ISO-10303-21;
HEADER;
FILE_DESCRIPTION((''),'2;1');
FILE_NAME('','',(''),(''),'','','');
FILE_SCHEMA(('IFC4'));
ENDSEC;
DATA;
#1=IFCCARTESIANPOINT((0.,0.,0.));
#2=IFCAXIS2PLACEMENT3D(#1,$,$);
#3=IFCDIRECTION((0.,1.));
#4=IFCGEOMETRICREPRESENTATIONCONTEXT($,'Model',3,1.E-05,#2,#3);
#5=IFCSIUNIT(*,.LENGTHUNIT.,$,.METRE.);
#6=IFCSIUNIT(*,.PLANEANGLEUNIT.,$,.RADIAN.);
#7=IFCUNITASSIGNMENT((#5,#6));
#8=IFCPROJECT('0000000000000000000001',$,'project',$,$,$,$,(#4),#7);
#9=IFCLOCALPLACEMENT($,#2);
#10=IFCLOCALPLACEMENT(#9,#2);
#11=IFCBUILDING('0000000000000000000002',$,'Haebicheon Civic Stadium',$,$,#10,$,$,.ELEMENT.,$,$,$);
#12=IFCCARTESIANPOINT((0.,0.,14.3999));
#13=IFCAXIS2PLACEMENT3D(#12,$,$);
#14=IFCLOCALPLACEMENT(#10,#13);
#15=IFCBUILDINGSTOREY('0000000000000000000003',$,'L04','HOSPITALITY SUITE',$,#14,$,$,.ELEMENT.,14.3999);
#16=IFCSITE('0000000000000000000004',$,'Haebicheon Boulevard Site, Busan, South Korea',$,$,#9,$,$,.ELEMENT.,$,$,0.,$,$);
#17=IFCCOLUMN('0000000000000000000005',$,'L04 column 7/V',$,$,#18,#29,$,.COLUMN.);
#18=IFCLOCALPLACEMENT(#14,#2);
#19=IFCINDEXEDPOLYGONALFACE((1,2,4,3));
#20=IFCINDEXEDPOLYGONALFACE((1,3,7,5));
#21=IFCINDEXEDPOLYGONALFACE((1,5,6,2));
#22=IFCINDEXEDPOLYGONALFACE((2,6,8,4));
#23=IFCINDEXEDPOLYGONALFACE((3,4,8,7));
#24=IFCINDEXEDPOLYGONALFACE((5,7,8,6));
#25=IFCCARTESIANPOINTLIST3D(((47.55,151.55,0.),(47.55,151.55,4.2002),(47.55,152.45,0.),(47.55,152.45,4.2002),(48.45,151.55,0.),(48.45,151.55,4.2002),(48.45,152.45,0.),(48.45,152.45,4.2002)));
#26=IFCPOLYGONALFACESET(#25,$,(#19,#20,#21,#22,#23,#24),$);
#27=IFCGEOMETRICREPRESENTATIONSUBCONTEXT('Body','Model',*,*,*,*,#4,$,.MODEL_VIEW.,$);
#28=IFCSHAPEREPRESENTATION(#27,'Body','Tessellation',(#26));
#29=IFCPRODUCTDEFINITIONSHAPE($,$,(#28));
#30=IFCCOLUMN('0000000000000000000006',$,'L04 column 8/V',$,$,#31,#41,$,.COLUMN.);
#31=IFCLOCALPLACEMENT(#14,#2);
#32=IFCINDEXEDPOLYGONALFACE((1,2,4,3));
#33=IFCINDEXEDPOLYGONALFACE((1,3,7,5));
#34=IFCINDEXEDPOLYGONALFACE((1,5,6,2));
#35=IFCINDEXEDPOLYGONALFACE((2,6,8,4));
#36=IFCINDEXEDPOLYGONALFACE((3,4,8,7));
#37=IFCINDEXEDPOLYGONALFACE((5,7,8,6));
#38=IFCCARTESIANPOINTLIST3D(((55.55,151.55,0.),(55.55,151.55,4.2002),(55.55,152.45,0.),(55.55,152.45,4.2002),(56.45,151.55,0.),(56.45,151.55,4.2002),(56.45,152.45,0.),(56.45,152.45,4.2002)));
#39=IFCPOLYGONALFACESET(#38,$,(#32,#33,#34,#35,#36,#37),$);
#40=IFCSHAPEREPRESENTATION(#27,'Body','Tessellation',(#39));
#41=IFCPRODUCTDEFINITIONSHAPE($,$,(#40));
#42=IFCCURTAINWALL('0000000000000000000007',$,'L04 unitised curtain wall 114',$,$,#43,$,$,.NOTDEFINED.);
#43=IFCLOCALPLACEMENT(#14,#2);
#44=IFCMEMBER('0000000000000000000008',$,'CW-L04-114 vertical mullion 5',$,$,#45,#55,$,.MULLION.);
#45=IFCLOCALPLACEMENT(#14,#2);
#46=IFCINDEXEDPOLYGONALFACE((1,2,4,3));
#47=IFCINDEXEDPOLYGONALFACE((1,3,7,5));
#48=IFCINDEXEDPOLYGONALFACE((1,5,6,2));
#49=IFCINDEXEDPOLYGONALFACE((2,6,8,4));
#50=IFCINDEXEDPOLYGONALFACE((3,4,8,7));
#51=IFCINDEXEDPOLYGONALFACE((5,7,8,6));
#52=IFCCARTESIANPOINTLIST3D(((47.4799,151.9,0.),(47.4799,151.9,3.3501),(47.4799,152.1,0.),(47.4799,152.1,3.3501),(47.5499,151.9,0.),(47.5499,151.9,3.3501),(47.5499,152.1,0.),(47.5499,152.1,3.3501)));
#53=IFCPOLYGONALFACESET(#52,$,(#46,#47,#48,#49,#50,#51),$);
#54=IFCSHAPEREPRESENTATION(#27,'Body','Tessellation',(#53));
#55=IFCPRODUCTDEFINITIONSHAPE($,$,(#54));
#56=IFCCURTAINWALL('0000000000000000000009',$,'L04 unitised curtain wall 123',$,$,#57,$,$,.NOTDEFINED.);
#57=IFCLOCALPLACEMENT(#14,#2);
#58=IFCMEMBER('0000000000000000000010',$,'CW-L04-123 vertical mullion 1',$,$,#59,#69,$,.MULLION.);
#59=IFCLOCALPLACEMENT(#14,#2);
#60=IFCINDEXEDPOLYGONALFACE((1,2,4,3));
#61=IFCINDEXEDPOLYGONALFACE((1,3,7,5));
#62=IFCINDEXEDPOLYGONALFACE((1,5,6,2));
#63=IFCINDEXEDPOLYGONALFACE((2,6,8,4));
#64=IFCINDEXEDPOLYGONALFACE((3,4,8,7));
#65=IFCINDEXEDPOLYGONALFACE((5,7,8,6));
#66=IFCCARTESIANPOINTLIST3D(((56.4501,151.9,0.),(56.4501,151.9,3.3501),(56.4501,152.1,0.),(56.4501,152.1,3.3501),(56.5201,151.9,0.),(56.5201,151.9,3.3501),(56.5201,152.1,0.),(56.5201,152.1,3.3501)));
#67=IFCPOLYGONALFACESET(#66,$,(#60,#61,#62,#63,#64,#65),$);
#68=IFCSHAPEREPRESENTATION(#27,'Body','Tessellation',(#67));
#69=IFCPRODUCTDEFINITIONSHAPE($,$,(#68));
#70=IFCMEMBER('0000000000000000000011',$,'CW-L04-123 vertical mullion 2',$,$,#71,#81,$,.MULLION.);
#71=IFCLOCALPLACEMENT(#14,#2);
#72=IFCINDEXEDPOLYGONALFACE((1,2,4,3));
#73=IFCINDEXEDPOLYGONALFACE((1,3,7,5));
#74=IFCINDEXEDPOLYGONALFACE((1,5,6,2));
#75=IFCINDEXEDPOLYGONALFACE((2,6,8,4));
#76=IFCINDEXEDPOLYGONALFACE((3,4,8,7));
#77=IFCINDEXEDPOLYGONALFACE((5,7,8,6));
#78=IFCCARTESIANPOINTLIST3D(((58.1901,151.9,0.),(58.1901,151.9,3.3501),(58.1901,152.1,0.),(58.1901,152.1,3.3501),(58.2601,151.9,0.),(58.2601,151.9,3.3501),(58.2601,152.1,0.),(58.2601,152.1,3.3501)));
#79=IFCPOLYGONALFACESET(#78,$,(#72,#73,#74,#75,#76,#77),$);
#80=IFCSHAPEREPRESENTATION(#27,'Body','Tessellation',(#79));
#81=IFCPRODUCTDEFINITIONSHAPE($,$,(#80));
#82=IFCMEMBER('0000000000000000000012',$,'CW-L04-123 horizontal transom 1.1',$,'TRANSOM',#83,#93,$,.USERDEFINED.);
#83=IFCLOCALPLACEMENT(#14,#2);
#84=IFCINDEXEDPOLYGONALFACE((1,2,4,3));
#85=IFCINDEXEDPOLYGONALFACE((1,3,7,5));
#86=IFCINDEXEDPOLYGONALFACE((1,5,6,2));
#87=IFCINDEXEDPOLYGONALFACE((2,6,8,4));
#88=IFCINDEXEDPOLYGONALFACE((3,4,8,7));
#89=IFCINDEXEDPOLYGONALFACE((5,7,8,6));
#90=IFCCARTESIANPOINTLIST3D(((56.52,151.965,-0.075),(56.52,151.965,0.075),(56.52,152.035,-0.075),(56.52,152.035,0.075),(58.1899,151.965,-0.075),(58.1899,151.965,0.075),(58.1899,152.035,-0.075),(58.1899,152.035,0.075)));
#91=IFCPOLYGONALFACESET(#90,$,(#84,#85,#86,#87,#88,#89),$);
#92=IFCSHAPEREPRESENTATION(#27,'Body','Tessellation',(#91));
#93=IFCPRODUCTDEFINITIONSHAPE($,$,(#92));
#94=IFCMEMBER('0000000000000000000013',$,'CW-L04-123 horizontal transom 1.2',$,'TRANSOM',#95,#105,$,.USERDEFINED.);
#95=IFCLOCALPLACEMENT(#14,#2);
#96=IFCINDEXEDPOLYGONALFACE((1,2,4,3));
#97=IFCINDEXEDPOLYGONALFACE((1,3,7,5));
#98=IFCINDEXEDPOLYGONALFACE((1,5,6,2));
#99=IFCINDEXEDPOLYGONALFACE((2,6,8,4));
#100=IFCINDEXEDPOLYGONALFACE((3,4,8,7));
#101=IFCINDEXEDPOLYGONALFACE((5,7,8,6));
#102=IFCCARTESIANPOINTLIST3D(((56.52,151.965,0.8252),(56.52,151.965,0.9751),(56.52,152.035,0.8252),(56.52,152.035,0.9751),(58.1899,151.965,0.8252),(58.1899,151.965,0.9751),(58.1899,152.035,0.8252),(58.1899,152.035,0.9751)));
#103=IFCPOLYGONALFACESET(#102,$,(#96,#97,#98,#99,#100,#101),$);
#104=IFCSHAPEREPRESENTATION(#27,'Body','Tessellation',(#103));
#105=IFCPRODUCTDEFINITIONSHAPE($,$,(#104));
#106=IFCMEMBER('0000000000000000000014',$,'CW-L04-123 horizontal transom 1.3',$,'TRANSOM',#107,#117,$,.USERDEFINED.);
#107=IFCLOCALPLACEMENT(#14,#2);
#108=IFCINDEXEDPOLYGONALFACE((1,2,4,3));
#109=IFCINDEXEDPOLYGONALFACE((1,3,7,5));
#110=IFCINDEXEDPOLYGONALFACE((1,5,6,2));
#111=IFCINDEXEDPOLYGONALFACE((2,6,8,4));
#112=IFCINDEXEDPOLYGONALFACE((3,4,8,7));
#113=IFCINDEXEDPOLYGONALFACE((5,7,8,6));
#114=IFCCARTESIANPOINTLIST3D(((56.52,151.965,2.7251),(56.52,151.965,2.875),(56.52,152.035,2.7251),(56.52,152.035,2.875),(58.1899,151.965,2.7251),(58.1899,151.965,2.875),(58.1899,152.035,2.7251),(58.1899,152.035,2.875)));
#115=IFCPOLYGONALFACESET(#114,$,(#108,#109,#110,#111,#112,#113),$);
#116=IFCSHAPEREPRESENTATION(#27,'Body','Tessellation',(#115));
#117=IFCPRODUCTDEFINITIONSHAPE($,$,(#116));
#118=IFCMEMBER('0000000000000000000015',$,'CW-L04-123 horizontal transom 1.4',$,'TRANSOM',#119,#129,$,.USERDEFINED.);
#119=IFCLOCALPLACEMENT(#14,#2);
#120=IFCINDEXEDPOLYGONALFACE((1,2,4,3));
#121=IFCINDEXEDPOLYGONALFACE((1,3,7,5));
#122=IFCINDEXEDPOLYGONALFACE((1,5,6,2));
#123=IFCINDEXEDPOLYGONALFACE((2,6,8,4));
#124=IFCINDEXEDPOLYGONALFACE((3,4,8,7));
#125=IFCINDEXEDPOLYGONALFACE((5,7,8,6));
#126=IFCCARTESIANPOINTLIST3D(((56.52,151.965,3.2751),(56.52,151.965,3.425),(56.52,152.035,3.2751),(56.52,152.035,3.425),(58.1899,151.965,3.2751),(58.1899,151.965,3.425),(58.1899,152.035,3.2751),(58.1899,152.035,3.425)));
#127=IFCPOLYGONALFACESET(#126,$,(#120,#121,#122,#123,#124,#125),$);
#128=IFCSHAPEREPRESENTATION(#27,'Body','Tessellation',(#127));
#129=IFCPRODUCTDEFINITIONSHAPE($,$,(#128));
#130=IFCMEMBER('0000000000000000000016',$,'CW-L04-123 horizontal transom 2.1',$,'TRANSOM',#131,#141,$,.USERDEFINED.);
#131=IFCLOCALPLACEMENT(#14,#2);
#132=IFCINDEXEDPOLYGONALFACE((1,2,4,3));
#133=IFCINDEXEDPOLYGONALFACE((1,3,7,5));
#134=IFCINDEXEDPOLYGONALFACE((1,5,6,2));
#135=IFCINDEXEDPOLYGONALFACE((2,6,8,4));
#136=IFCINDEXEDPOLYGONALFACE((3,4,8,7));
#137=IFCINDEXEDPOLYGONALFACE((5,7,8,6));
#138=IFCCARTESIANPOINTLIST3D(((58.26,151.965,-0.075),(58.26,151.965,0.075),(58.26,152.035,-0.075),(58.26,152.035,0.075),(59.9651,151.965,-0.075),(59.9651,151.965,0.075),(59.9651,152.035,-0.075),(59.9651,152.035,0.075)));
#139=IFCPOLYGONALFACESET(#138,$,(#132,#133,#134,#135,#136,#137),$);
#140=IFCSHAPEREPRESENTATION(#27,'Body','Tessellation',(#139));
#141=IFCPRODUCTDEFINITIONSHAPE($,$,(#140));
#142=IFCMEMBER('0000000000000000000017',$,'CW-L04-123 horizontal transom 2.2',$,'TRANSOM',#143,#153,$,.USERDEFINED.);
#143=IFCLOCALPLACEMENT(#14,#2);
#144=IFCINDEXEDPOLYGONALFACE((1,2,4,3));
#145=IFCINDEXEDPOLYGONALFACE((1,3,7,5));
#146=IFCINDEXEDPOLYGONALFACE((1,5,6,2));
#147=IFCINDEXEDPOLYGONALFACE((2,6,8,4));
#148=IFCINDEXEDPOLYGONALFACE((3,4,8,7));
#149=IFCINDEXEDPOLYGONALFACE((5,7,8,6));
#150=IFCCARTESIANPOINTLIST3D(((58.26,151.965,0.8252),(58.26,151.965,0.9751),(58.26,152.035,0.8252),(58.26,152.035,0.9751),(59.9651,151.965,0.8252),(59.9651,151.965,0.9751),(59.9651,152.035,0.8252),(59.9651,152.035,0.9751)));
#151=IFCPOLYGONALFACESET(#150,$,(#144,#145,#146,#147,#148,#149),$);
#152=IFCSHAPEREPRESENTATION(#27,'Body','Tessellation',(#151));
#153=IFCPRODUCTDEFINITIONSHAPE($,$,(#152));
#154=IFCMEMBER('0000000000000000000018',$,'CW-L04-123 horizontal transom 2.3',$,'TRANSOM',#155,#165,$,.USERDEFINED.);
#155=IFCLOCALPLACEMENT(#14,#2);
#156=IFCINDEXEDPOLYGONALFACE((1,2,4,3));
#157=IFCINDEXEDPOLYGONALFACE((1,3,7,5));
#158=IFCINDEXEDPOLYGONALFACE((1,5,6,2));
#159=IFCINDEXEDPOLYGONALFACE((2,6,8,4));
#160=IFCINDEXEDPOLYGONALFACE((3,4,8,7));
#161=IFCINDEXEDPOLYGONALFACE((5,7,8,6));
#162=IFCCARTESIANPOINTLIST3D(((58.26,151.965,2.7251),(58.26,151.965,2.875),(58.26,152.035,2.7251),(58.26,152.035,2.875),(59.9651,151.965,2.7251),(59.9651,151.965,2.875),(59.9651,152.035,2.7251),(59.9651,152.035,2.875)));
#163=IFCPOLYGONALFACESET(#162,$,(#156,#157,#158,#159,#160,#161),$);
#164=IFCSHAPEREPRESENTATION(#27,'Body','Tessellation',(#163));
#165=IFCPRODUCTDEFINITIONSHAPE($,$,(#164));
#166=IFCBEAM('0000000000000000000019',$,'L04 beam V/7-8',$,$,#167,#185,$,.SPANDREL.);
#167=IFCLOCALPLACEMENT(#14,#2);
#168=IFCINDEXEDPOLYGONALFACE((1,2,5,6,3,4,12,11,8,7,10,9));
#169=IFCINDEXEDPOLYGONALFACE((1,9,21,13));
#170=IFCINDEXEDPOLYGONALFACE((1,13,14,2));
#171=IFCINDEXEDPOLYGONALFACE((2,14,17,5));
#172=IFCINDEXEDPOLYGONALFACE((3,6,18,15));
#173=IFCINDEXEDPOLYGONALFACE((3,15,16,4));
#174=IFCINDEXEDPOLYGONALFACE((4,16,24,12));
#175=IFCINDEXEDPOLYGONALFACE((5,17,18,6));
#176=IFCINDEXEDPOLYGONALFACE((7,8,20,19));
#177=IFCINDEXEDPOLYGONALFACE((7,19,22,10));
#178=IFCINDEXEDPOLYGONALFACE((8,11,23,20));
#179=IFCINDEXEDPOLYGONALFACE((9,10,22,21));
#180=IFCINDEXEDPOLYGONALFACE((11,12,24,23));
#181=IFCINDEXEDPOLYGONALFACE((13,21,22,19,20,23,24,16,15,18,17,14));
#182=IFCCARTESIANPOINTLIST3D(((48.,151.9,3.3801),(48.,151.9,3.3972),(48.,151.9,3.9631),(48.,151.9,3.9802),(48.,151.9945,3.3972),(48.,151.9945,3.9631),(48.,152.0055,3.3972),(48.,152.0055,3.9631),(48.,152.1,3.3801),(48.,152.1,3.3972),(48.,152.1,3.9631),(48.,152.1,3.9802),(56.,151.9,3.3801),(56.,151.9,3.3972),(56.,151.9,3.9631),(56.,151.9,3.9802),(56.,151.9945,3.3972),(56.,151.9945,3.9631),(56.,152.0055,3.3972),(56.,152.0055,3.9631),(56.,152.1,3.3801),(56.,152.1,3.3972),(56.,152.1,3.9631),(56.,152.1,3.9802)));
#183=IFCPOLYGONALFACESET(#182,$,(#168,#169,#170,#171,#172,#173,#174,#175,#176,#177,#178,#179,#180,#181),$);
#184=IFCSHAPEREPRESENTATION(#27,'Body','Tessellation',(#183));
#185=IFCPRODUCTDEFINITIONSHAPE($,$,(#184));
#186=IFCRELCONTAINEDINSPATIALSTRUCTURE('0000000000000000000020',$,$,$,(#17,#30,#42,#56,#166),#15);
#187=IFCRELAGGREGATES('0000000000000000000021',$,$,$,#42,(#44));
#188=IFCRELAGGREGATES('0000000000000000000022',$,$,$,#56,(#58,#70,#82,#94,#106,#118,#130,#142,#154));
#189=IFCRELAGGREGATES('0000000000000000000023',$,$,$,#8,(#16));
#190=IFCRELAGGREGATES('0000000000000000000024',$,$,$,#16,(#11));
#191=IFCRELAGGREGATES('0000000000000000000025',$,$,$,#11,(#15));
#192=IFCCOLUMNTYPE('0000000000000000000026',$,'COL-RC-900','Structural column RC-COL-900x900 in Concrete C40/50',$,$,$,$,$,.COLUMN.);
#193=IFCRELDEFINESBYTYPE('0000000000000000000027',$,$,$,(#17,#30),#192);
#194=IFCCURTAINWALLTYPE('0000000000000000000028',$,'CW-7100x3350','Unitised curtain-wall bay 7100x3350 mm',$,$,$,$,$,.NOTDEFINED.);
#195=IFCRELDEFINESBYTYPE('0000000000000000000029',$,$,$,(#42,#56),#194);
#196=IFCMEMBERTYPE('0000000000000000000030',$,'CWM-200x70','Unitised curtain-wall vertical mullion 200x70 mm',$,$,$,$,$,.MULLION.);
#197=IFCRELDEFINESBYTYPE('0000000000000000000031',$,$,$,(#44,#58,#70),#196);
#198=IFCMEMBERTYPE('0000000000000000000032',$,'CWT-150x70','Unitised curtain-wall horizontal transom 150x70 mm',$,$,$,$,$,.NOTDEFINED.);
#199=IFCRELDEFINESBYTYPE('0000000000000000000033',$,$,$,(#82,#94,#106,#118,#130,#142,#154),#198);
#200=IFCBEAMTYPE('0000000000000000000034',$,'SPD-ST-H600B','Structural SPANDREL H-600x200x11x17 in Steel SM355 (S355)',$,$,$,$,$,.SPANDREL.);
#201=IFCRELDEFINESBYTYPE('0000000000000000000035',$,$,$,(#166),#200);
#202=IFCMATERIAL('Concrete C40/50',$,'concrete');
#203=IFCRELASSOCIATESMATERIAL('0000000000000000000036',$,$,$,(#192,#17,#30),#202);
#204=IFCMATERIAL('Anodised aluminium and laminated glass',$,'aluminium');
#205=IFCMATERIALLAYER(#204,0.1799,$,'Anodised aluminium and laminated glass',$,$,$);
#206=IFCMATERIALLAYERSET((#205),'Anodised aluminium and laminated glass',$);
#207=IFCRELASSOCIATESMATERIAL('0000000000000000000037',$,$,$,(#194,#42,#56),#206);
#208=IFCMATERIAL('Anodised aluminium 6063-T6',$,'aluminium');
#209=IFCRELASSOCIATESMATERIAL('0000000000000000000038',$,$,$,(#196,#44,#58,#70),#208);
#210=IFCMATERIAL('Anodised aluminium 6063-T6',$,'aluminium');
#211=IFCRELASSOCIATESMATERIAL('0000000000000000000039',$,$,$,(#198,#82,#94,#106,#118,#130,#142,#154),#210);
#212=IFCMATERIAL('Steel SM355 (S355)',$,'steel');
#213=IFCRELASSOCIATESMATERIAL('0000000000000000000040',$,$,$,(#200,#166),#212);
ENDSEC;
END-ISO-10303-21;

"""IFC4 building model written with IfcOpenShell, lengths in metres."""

from ifc_helpers import new_model, si_unit, direction, frame, origin, origin_2d, place, context, subcontext, project, spatial, rectangle, i_section, extrude, material, layer, layer_set, material_profile, profile_set, type_object, element, aggregate, save


model = new_model("IFC4")

# Units and contexts
model_context = context("Model", 3, precision=1e-05, world=origin(), true_north=direction((0.0, 1.0)))
body_context = subcontext(model_context, "Body", "Model", "MODEL_VIEW")
ifc_project = project(units=[si_unit("LENGTHUNIT", "METRE"), si_unit("PLANEANGLEUNIT", "RADIAN")], contexts=[model_context])

# Site, building, storey
site_placement = place(None, origin())
site = spatial("IfcSite", under=ifc_project, at=site_placement, Name="Haebicheon Boulevard Site, Busan, South Korea", CompositionType="ELEMENT", RefElevation=0.0)
building_placement = place(site_placement, origin())
building = spatial("IfcBuilding", under=site, at=building_placement, Name="Haebicheon Civic Stadium", CompositionType="ELEMENT")
storey_placement = place(building_placement, frame((0.0, 0.0, 14.3999)))
storey = spatial("IfcBuildingStorey", under=building, at=storey_placement, Name="L04", Description="HOSPITALITY SUITE", CompositionType="ELEMENT", Elevation=14.3999)

# Columns
ifc_material_1 = material(Name="Concrete C40/50", Category="concrete")
ifc_material_profile_1 = material_profile(ifc_material_1, rectangle(XDim=0.8999, YDim=0.8999, at=origin_2d()), Name="RC-COL-900x900")
ifc_profile_set_1 = profile_set([ifc_material_profile_1], Name="Concrete C40/50")
column_type = type_object("IfcColumnType", Name="COL-RC-900", Description="Structural column RC-COL-900x900 in Concrete C40/50", PredefinedType="COLUMN", material=ifc_profile_set_1)
for number, where, z_axis, x_axis, name in (
    (1, (48.0, 152.0, 0.0), (0.0, 0.0, 1.0), (1.0, 0.0, 0.0), "L04 column 7/V"),
    (2, (56.0, 152.0, 0.0), (0.0, 0.0, 1.0), (1.0, 0.0, 0.0), "L04 column 8/V"),
):
    element("IfcColumn", number, at=place(storey_placement, frame(where, z_axis=z_axis, x_axis=x_axis)), inside=storey, type_object=column_type, material=ifc_profile_set_1, Name=name, PredefinedType="COLUMN", context=body_context, shape_type="SweptSolid", body=[
        extrude(rectangle(XDim=0.8999, YDim=0.8999, at=origin_2d()), origin(), (0.0, 0.0, 1.0), 4.2002),
    ])

# Curtain wall, member
ifc_material_2 = material(Name="Anodised aluminium and laminated glass", Category="aluminium")
ifc_layer_1 = layer(ifc_material_2, 0.1799, Name="Anodised aluminium and laminated glass")
ifc_layer_set_1 = layer_set([ifc_layer_1], Name="Anodised aluminium and laminated glass")
curtain_wall_type = type_object("IfcCurtainWallType", Name="CW-7100x3350", Description="Unitised curtain-wall bay 7100x3350 mm", PredefinedType="NOTDEFINED", material=ifc_layer_set_1)
curtain_wall_1_placement = place(storey_placement, origin())
curtain_wall_1 = element("IfcCurtainWall", 3, at=curtain_wall_1_placement, inside=storey, type_object=curtain_wall_type, material=ifc_layer_set_1, Name="L04 unitised curtain wall 114", PredefinedType="NOTDEFINED")
ifc_material_3 = material(Name="Anodised aluminium 6063-T6", Category="aluminium")
ifc_material_profile_2 = material_profile(ifc_material_3, rectangle(XDim=0.0701, YDim=0.2, at=origin_2d()), Name="ALU-MULL-70x200")
ifc_profile_set_2 = profile_set([ifc_material_profile_2], Name="Anodised aluminium 6063-T6")
member_type_1 = type_object("IfcMemberType", Name="CWM-200x70", Description="Unitised curtain-wall vertical mullion 200x70 mm", PredefinedType="MULLION", material=ifc_profile_set_2)
member_1_placement = place(storey_placement, frame((47.5149, 152.0, 0.0), z_axis=(0.0, 0.0, 1.0), x_axis=(1.0, 0.0, 0.0)))
member_1 = element("IfcMember", 4, at=member_1_placement, type_object=member_type_1, material=ifc_profile_set_2, Name="CW-L04-114 vertical mullion 5", PredefinedType="MULLION", context=body_context, shape_type="SweptSolid", body=[
    extrude(rectangle(XDim=0.0701, YDim=0.2, at=origin_2d()), origin(), (0.0, 0.0, 1.0), 3.3501),
])

# Curtain wall, members
curtain_wall_2_placement = place(storey_placement, origin())
curtain_wall_2 = element("IfcCurtainWall", 5, at=curtain_wall_2_placement, inside=storey, type_object=curtain_wall_type, material=ifc_layer_set_1, Name="L04 unitised curtain wall 123", PredefinedType="NOTDEFINED")
member_2_placement = place(storey_placement, frame((56.4851, 152.0, 0.0), z_axis=(0.0, 0.0, 1.0), x_axis=(1.0, 0.0, 0.0)))
member_2 = element("IfcMember", 6, at=member_2_placement, type_object=member_type_1, material=ifc_profile_set_2, Name="CW-L04-123 vertical mullion 1", PredefinedType="MULLION", context=body_context, shape_type="SweptSolid", body=[
    extrude(rectangle(XDim=0.0701, YDim=0.2, at=origin_2d()), origin(), (0.0, 0.0, 1.0), 3.3501),
])
member_3_placement = place(storey_placement, frame((58.2251, 152.0, 0.0), z_axis=(0.0, 0.0, 1.0), x_axis=(1.0, 0.0, 0.0)))
member_3 = element("IfcMember", 7, at=member_3_placement, type_object=member_type_1, material=ifc_profile_set_2, Name="CW-L04-123 vertical mullion 2", PredefinedType="MULLION", context=body_context, shape_type="SweptSolid", body=[
    extrude(rectangle(XDim=0.0701, YDim=0.2, at=origin_2d()), origin(), (0.0, 0.0, 1.0), 3.3501),
])
ifc_material_4 = material(Name="Anodised aluminium 6063-T6", Category="aluminium")
ifc_material_profile_3 = material_profile(ifc_material_4, rectangle(XDim=0.0701, YDim=0.1499, at=origin_2d()), Name="ALU-TRAN-70x150")
ifc_profile_set_3 = profile_set([ifc_material_profile_3], Name="Anodised aluminium 6063-T6")
member_type_2 = type_object("IfcMemberType", Name="CWT-150x70", Description="Unitised curtain-wall horizontal transom 150x70 mm", PredefinedType="NOTDEFINED", material=ifc_profile_set_3)
member_4_placement = place(storey_placement, frame((56.52, 152.0, 0.0), z_axis=(1.0, 0.0, 0.0), x_axis=(0.0, 1.0, 0.0)))
member_4 = element("IfcMember", 8, at=member_4_placement, type_object=member_type_2, material=ifc_profile_set_3, Name="CW-L04-123 horizontal transom 1.1", ObjectType="TRANSOM", PredefinedType="USERDEFINED", context=body_context, shape_type="SweptSolid", body=[
    extrude(rectangle(XDim=0.0701, YDim=0.1499, at=origin_2d()), origin(), (0.0, 0.0, 1.0), 1.6699),
])
member_5_placement = place(storey_placement, frame((56.52, 152.0, 0.9001), z_axis=(1.0, 0.0, 0.0), x_axis=(0.0, 1.0, 0.0)))
member_5 = element("IfcMember", 9, at=member_5_placement, type_object=member_type_2, material=ifc_profile_set_3, Name="CW-L04-123 horizontal transom 1.2", ObjectType="TRANSOM", PredefinedType="USERDEFINED", context=body_context, shape_type="SweptSolid", body=[
    extrude(rectangle(XDim=0.0701, YDim=0.1499, at=origin_2d()), origin(), (0.0, 0.0, 1.0), 1.6699),
])
member_6_placement = place(storey_placement, frame((56.52, 152.0, 2.8), z_axis=(1.0, 0.0, 0.0), x_axis=(0.0, 1.0, 0.0)))
member_6 = element("IfcMember", 10, at=member_6_placement, type_object=member_type_2, material=ifc_profile_set_3, Name="CW-L04-123 horizontal transom 1.3", ObjectType="TRANSOM", PredefinedType="USERDEFINED", context=body_context, shape_type="SweptSolid", body=[
    extrude(rectangle(XDim=0.0701, YDim=0.1499, at=origin_2d()), origin(), (0.0, 0.0, 1.0), 1.6699),
])
member_7_placement = place(storey_placement, frame((56.52, 152.0, 3.3501), z_axis=(1.0, 0.0, 0.0), x_axis=(0.0, 1.0, 0.0)))
member_7 = element("IfcMember", 11, at=member_7_placement, type_object=member_type_2, material=ifc_profile_set_3, Name="CW-L04-123 horizontal transom 1.4", ObjectType="TRANSOM", PredefinedType="USERDEFINED", context=body_context, shape_type="SweptSolid", body=[
    extrude(rectangle(XDim=0.0701, YDim=0.1499, at=origin_2d()), origin(), (0.0, 0.0, 1.0), 1.6699),
])
member_8_placement = place(storey_placement, frame((58.26, 152.0, 0.0), z_axis=(1.0, 0.0, 0.0), x_axis=(0.0, 1.0, 0.0)))
member_8 = element("IfcMember", 12, at=member_8_placement, type_object=member_type_2, material=ifc_profile_set_3, Name="CW-L04-123 horizontal transom 2.1", ObjectType="TRANSOM", PredefinedType="USERDEFINED", context=body_context, shape_type="SweptSolid", body=[
    extrude(rectangle(XDim=0.0701, YDim=0.1499, at=origin_2d()), origin(), (0.0, 0.0, 1.0), 1.7051),
])
member_9_placement = place(storey_placement, frame((58.26, 152.0, 0.9001), z_axis=(1.0, 0.0, 0.0), x_axis=(0.0, 1.0, 0.0)))
member_9 = element("IfcMember", 13, at=member_9_placement, type_object=member_type_2, material=ifc_profile_set_3, Name="CW-L04-123 horizontal transom 2.2", ObjectType="TRANSOM", PredefinedType="USERDEFINED", context=body_context, shape_type="SweptSolid", body=[
    extrude(rectangle(XDim=0.0701, YDim=0.1499, at=origin_2d()), origin(), (0.0, 0.0, 1.0), 1.7051),
])
member_10_placement = place(storey_placement, frame((58.26, 152.0, 2.8), z_axis=(1.0, 0.0, 0.0), x_axis=(0.0, 1.0, 0.0)))
member_10 = element("IfcMember", 14, at=member_10_placement, type_object=member_type_2, material=ifc_profile_set_3, Name="CW-L04-123 horizontal transom 2.3", ObjectType="TRANSOM", PredefinedType="USERDEFINED", context=body_context, shape_type="SweptSolid", body=[
    extrude(rectangle(XDim=0.0701, YDim=0.1499, at=origin_2d()), origin(), (0.0, 0.0, 1.0), 1.7051),
])

# Beam
ifc_material_5 = material(Name="Steel SM355 (S355)", Category="steel")
ifc_material_profile_4 = material_profile(ifc_material_5, i_section(OverallWidth=0.2, OverallDepth=0.6001, WebThickness=0.011, FlangeThickness=0.0171, at=origin_2d()), Name="H-600x200x11x17")
ifc_profile_set_4 = profile_set([ifc_material_profile_4], Name="Steel SM355 (S355)")
beam_type = type_object("IfcBeamType", Name="SPD-ST-H600B", Description="Structural SPANDREL H-600x200x11x17 in Steel SM355 (S355)", PredefinedType="SPANDREL", material=ifc_profile_set_4)
for number, where, z_axis, x_axis, name in (
    (15, (48.0, 152.0, 3.6802), (1.0, 0.0, 0.0), (0.0, 1.0, 0.0), "L04 beam V/7-8"),
):
    element("IfcBeam", number, at=place(storey_placement, frame(where, z_axis=z_axis, x_axis=x_axis)), inside=storey, type_object=beam_type, material=ifc_profile_set_4, Name=name, PredefinedType="SPANDREL", context=body_context, shape_type="SweptSolid", body=[
        extrude(i_section(OverallWidth=0.2, OverallDepth=0.6001, WebThickness=0.011, FlangeThickness=0.0171, at=origin_2d()), origin(), (0.0, 0.0, 1.0), 8.0),
    ])

aggregate(curtain_wall_1, [member_1])
aggregate(curtain_wall_2, [member_2, member_3, member_4, member_5, member_6, member_7, member_8, member_9, member_10])

save(model, "model.ifc")
